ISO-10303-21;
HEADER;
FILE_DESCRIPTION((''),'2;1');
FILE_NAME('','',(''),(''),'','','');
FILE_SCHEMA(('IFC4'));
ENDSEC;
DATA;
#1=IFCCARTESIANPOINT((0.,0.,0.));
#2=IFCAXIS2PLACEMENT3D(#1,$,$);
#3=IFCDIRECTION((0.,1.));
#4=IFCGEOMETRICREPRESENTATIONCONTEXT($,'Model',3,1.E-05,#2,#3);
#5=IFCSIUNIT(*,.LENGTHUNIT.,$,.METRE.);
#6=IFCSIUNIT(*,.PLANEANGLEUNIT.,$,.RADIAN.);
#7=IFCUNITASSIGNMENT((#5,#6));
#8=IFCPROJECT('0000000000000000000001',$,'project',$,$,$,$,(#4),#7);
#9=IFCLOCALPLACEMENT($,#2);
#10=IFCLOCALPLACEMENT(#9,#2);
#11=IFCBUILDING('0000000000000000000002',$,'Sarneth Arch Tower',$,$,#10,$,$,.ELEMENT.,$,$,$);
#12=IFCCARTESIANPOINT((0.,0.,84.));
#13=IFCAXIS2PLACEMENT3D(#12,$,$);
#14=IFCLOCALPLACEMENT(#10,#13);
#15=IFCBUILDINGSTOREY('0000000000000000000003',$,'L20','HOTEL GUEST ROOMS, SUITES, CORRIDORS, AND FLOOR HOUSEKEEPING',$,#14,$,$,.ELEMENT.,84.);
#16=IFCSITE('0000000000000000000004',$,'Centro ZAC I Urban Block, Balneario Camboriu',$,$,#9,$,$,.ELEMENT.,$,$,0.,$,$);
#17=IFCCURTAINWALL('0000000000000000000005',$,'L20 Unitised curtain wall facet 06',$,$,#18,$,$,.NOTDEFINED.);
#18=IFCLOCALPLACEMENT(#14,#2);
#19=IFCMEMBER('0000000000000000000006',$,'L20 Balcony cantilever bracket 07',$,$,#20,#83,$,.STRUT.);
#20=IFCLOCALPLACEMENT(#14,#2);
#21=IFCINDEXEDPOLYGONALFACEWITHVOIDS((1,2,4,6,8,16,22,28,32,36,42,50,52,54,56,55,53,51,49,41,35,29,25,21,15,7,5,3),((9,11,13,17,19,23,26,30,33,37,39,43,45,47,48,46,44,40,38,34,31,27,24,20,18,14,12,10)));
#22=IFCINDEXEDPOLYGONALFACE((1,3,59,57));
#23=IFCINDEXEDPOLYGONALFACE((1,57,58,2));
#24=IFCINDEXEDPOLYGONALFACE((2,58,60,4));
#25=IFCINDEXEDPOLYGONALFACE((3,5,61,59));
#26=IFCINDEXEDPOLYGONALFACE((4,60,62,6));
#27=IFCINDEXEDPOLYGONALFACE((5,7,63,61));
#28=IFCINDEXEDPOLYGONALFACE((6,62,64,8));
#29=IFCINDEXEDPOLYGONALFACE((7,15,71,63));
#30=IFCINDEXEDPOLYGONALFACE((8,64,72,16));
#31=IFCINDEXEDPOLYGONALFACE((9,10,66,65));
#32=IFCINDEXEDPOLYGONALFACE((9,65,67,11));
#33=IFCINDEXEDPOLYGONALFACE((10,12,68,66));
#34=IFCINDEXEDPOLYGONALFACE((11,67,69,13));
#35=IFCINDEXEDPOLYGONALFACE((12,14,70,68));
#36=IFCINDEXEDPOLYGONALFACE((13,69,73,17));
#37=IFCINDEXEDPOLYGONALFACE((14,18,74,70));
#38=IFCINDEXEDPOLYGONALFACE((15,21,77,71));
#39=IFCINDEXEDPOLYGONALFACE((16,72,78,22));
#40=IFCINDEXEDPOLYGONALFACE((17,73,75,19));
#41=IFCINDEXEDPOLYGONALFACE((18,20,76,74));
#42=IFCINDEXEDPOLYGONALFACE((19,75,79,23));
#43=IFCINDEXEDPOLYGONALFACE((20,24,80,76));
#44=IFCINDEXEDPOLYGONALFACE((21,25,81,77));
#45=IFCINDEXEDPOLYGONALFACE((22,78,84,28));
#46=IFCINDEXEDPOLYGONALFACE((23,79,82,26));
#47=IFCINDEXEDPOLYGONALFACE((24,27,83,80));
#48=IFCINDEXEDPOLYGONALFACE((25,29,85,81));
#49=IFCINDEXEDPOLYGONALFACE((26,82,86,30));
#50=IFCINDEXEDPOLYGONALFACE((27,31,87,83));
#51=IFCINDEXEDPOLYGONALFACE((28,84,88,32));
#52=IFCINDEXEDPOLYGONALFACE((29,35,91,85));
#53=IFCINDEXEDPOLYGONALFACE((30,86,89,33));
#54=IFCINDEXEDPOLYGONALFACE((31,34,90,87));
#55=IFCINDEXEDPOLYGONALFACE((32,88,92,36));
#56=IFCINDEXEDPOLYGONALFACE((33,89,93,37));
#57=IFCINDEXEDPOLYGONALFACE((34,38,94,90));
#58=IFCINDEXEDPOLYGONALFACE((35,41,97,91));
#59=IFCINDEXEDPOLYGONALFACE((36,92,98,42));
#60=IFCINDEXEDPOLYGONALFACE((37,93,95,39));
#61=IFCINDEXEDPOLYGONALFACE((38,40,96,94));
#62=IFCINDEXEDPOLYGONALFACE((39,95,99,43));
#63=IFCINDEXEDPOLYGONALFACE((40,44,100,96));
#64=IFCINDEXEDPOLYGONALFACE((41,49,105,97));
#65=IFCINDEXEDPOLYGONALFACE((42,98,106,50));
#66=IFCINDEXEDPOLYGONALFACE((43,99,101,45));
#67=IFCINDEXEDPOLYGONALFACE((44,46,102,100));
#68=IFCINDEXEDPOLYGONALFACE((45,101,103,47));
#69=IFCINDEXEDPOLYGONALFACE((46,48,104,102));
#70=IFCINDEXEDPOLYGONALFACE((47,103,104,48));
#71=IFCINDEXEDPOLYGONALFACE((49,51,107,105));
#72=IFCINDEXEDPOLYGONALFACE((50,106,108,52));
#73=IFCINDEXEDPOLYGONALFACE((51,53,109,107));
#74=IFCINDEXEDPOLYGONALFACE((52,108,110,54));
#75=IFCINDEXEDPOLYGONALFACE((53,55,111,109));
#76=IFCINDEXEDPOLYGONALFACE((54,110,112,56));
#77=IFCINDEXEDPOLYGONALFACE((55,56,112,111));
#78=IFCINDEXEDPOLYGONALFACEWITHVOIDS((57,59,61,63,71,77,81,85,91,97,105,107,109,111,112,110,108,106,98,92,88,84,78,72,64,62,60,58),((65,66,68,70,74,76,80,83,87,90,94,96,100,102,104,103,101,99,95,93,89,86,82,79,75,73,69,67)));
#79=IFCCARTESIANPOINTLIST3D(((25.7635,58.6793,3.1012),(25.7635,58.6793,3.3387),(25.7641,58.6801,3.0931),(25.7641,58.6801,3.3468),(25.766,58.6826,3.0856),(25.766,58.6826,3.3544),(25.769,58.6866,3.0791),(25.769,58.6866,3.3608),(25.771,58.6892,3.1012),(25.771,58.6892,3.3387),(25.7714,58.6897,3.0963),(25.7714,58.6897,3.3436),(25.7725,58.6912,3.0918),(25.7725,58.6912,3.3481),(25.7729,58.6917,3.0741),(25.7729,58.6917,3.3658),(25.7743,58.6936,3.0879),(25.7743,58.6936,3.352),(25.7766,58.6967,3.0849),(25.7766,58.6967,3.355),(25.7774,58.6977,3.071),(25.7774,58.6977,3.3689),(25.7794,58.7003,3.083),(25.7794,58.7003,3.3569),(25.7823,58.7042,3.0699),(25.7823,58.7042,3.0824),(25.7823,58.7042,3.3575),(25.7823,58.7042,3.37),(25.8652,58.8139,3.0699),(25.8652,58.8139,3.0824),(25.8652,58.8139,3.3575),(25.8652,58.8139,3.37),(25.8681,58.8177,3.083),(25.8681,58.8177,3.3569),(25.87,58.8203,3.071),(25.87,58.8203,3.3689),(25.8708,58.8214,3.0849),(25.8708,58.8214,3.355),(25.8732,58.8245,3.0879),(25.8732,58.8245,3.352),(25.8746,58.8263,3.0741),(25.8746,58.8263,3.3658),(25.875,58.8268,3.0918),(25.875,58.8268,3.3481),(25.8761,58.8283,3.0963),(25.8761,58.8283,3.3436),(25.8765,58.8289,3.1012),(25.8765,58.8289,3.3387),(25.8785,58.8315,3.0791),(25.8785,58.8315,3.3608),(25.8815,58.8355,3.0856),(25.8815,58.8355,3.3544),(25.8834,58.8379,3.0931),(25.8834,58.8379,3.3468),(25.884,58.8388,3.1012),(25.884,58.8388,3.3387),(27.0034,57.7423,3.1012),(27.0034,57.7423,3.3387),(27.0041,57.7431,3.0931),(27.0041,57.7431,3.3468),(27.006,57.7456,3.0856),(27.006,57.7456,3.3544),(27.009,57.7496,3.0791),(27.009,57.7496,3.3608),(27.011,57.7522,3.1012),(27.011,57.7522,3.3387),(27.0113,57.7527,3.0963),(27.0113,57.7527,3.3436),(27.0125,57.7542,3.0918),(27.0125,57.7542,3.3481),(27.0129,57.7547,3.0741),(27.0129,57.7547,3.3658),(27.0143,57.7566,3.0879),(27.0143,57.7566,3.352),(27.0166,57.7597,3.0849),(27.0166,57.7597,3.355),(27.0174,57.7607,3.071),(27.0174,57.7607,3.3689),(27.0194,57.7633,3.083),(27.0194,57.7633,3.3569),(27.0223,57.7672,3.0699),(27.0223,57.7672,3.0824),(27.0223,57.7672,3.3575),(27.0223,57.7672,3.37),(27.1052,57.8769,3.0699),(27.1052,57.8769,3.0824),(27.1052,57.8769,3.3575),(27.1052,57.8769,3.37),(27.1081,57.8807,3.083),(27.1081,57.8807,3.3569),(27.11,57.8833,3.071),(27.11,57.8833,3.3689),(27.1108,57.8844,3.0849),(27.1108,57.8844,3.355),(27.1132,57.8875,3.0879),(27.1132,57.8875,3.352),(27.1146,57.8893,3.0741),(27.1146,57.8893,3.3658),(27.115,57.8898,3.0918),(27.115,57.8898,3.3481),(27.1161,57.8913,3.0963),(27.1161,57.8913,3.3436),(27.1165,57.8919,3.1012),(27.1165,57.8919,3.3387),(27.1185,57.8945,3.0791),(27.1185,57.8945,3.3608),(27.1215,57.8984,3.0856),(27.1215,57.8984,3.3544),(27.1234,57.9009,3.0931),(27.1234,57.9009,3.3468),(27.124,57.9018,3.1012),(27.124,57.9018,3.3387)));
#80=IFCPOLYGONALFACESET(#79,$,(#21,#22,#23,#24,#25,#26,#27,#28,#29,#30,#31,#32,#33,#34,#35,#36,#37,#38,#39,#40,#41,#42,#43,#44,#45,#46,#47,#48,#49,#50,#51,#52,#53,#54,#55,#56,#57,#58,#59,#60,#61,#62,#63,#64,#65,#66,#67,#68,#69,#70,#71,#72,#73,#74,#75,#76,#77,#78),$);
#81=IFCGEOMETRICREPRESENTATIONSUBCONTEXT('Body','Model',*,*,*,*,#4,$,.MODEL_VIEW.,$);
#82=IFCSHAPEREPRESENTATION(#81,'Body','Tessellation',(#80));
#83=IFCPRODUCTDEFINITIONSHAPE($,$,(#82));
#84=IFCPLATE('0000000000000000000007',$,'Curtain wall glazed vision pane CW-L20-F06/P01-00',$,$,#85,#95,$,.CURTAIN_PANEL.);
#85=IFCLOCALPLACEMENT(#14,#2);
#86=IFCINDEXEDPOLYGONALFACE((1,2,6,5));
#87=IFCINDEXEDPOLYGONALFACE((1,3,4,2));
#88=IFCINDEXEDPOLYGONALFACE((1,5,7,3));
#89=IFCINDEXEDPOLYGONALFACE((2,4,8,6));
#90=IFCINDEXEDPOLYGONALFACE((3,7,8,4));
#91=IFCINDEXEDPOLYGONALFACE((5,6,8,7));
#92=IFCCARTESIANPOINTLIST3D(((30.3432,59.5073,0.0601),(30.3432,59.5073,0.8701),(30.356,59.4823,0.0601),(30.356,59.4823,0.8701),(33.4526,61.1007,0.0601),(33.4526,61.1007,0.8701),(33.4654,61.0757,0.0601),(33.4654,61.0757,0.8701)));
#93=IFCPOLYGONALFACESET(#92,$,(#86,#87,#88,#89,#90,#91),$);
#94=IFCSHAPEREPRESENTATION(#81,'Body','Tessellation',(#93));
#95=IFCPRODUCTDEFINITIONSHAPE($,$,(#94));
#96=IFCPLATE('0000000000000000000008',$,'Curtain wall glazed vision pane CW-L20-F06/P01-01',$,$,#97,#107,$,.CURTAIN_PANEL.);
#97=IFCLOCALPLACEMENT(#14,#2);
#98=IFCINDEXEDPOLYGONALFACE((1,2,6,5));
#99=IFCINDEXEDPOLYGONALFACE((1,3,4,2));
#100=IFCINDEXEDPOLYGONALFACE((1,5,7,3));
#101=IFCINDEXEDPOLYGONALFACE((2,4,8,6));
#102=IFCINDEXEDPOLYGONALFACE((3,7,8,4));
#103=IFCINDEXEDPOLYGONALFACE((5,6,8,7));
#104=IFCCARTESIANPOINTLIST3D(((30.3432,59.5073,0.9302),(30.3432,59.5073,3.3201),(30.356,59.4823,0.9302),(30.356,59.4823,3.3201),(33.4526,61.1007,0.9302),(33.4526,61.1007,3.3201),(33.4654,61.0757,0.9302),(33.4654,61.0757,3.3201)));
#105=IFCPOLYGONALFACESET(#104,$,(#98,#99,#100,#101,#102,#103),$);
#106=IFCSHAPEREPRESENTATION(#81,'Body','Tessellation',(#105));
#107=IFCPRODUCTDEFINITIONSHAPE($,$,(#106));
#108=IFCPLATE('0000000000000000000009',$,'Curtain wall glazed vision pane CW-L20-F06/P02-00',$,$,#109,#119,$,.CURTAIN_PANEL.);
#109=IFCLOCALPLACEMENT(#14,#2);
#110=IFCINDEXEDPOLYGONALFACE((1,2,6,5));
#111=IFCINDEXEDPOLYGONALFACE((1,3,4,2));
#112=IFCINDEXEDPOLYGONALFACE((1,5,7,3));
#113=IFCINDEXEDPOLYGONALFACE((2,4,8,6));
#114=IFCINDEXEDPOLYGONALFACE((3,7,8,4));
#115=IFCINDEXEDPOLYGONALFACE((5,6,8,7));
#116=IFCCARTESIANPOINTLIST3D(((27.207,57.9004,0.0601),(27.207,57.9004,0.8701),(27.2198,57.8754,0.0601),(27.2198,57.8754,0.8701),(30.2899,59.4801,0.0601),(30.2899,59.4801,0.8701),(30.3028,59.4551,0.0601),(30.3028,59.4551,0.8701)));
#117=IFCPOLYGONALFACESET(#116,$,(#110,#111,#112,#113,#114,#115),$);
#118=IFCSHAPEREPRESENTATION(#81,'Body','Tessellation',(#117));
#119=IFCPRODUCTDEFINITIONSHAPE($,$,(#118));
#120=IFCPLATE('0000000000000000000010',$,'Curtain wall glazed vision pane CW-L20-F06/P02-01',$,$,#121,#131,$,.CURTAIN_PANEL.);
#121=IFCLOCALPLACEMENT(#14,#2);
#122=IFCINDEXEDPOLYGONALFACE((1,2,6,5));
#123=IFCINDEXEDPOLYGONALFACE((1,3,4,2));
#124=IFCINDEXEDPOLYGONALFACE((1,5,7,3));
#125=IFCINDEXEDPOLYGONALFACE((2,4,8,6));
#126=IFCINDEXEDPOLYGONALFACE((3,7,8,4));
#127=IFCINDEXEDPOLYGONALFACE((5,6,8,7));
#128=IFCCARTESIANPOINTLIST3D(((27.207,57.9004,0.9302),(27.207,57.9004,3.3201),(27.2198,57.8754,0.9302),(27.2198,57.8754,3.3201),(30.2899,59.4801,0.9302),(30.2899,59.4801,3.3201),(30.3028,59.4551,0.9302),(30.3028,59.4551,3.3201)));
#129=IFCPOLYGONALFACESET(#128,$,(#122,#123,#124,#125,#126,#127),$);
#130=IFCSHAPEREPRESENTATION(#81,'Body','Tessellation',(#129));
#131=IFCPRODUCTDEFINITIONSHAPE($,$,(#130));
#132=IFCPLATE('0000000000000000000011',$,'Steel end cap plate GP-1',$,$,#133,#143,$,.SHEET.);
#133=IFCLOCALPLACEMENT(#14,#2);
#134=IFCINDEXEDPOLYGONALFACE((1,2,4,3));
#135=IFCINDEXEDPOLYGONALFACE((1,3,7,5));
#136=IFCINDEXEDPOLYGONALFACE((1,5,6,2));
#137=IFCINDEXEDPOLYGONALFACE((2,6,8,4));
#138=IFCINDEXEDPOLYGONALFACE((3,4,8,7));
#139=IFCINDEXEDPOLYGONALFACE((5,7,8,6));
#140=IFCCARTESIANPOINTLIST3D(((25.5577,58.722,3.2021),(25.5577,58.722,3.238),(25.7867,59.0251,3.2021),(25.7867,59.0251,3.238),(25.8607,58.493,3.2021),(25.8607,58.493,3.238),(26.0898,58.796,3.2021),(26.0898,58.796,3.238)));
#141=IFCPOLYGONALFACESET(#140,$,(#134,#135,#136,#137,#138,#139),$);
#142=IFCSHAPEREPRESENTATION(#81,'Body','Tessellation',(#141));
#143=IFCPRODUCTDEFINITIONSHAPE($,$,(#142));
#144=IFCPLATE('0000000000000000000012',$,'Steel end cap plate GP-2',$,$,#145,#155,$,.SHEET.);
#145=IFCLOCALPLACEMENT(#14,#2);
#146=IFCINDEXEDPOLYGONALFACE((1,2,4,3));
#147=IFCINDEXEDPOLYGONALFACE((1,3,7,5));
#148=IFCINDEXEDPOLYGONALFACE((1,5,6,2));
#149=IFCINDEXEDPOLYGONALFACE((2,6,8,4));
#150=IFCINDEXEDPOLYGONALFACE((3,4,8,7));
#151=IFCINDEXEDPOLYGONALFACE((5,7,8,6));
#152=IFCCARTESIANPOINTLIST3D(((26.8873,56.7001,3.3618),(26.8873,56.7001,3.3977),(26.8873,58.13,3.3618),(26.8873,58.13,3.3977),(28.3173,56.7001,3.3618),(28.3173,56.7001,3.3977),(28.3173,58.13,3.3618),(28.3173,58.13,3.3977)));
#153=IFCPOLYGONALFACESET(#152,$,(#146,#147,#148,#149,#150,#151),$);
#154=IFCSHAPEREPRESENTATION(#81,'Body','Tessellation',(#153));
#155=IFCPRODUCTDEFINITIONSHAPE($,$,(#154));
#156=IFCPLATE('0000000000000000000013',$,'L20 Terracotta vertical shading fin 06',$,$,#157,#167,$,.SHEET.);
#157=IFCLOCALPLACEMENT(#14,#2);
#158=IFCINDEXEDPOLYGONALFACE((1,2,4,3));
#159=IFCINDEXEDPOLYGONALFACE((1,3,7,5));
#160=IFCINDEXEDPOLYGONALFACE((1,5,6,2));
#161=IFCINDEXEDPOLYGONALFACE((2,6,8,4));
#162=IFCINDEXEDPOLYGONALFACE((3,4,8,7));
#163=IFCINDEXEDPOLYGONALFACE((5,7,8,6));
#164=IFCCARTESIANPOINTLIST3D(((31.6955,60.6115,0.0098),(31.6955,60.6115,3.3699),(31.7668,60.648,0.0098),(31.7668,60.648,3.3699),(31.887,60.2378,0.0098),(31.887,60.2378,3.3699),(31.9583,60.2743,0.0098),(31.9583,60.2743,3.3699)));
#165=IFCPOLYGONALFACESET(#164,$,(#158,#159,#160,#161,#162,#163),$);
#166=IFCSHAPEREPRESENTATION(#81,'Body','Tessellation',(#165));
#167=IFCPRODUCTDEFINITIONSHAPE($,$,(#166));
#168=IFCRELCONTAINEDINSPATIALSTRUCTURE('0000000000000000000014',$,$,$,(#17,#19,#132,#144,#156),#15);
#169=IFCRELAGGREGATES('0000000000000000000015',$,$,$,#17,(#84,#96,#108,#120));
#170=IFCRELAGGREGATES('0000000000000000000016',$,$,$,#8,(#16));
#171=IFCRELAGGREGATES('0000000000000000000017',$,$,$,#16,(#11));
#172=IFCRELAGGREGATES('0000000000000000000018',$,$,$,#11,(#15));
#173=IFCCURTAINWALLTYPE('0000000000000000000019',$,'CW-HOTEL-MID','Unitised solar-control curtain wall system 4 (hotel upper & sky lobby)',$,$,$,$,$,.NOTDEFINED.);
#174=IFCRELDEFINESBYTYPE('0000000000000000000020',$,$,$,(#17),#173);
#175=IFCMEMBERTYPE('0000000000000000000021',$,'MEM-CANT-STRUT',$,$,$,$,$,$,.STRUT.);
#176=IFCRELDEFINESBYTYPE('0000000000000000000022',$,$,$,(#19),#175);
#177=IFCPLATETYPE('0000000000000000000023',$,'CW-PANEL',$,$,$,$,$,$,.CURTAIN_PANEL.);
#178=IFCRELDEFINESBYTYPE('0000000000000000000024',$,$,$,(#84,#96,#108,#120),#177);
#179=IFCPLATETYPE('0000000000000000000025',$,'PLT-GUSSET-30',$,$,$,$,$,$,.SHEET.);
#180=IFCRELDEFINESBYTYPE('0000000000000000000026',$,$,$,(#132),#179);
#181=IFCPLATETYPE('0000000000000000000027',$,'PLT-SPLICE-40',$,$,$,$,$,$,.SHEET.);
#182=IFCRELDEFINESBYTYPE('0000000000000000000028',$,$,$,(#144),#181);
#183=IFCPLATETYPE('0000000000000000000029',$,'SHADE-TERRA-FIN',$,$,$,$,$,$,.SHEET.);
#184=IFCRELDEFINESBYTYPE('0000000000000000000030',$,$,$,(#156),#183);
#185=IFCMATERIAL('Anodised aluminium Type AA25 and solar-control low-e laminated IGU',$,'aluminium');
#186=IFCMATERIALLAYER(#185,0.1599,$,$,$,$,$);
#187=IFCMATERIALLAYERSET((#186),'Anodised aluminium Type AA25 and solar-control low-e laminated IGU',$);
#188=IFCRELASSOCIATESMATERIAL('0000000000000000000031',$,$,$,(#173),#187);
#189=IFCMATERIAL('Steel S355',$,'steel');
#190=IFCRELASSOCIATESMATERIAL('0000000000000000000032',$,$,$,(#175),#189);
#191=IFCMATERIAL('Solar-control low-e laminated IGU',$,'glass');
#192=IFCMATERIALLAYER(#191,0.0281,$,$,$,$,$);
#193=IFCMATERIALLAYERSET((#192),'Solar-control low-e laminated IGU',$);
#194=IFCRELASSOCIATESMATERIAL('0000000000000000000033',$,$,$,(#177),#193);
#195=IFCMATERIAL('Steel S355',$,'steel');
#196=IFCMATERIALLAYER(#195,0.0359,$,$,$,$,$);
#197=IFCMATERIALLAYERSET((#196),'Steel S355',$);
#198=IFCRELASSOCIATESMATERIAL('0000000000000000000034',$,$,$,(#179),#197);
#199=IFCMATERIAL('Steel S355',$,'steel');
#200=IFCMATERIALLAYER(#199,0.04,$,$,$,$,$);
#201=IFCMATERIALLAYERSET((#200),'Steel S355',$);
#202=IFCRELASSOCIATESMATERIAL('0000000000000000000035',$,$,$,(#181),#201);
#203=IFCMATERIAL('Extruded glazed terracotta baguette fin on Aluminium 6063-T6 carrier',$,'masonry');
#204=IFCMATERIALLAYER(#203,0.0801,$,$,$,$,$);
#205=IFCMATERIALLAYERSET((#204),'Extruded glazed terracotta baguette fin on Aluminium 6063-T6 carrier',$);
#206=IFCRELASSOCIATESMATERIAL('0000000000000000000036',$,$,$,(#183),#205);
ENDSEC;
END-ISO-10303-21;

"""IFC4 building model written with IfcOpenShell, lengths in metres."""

from ifc_helpers import new_model, si_unit, direction, frame, origin, origin_2d, place, context, subcontext, project, spatial, rectangle, hollow_rectangle, extrude, material, layer, layer_set, material_profile, profile_set, type_object, element, aggregate, save


model = new_model("IFC4")

# Units and contexts
model_context = context("Model", 3, precision=1e-05, world=origin(), true_north=direction((0.0, 1.0)))
body_context = subcontext(model_context, "Body", "Model", "MODEL_VIEW")
ifc_project = project(units=[si_unit("LENGTHUNIT", "METRE"), si_unit("PLANEANGLEUNIT", "RADIAN")], contexts=[model_context])

# Site, building, storey
site_placement = place(None, origin())
site = spatial("IfcSite", under=ifc_project, at=site_placement, Name="Centro ZAC I Urban Block, Balneario Camboriu", CompositionType="ELEMENT", RefElevation=0.0)
building_placement = place(site_placement, origin())
building = spatial("IfcBuilding", under=site, at=building_placement, Name="Sarneth Arch Tower", CompositionType="ELEMENT")
storey_placement = place(building_placement, frame((0.0, 0.0, 84.0)))
storey = spatial("IfcBuildingStorey", under=building, at=storey_placement, Name="L20", Description="HOTEL GUEST ROOMS, SUITES, CORRIDORS, AND FLOOR HOUSEKEEPING", CompositionType="ELEMENT", Elevation=84.0)

# Curtain wall
ifc_material_1 = material(Name="Anodised aluminium Type AA25 and solar-control low-e laminated IGU", Category="aluminium")
ifc_layer_1 = layer(ifc_material_1, 0.1599)
ifc_layer_set_1 = layer_set([ifc_layer_1], Name="Anodised aluminium Type AA25 and solar-control low-e laminated IGU")
curtain_wall_type = type_object("IfcCurtainWallType", Name="CW-HOTEL-MID", Description="Unitised solar-control curtain wall system 4 (hotel upper & sky lobby)", PredefinedType="NOTDEFINED", material=ifc_layer_set_1)
curtain_wall_placement = place(storey_placement, origin())
curtain_wall = element("IfcCurtainWall", 1, at=curtain_wall_placement, inside=storey, type_object=curtain_wall_type, Name="L20 Unitised curtain wall facet 06", PredefinedType="NOTDEFINED")

# Member
ifc_material_2 = material(Name="Steel S355", Category="steel")
ifc_material_profile_1 = material_profile(ifc_material_2, hollow_rectangle(XDim=0.2, YDim=0.3, WallThickness=0.0125, InnerFilletRadius=0.0188, OuterFilletRadius=0.0312, at=origin_2d()), Name="RHS300x200x12.5")
ifc_profile_set_1 = profile_set([ifc_material_profile_1], Name="Steel S355")
member_type_1 = type_object("IfcMemberType", Name="MEM-CANT-STRUT", PredefinedType="STRUT", material=ifc_profile_set_1)
member_1_placement = place(storey_placement, frame((27.0637, 57.822, 3.22), z_axis=(-0.797827, 0.602886, 0.0), x_axis=(-0.602886, -0.797827, 0.0)))
element("IfcMember", 2, at=member_1_placement, inside=storey, type_object=member_type_1, Name="L20 Balcony cantilever bracket 07", PredefinedType="STRUT", context=body_context, shape_type="SweptSolid", body=[
    extrude(hollow_rectangle(XDim=0.2, YDim=0.3, WallThickness=0.0125, InnerFilletRadius=0.0188, OuterFilletRadius=0.0312, at=origin_2d()), origin(), (0.0, 0.0, 1.0), 1.5542),
])

# Plates
ifc_material_3 = material(Name="Solar-control low-e laminated IGU", Category="glass")
ifc_layer_2 = layer(ifc_material_3, 0.0281)
ifc_layer_set_2 = layer_set([ifc_layer_2], Name="Solar-control low-e laminated IGU")
plate_type_1 = type_object("IfcPlateType", Name="CW-PANEL", PredefinedType="CURTAIN_PANEL", material=ifc_layer_set_2)
plate_1_placement = place(storey_placement, frame((31.9043, 60.2915, 0.0601), z_axis=(0.0, 0.0, 1.0), x_axis=(-0.889964, -0.456031, 0.0)))
plate_1 = element("IfcPlate", 3, at=plate_1_placement, type_object=plate_type_1, Name="Curtain wall glazed vision pane CW-L20-F06/P01-00", PredefinedType="CURTAIN_PANEL", context=body_context, shape_type="SweptSolid", body=[
    extrude(rectangle(XDim=3.4939, YDim=0.0281, at=origin_2d()), origin(), (0.0, 0.0, 1.0), 0.8101),
])
plate_2_placement = place(storey_placement, frame((31.9043, 60.2915, 0.9302), z_axis=(0.0, 0.0, 1.0), x_axis=(-0.889964, -0.456031, 0.0)))
plate_2 = element("IfcPlate", 4, at=plate_2_placement, type_object=plate_type_1, Name="Curtain wall glazed vision pane CW-L20-F06/P01-01", PredefinedType="CURTAIN_PANEL", context=body_context, shape_type="SweptSolid", body=[
    extrude(rectangle(XDim=3.4939, YDim=0.0281, at=origin_2d()), origin(), (0.0, 0.0, 1.0), 2.3899),
])
plate_3_placement = place(storey_placement, frame((28.7549, 58.6777, 0.0601), z_axis=(0.0, 0.0, 1.0), x_axis=(-0.889964, -0.456031, 0.0)))
plate_3 = element("IfcPlate", 5, at=plate_3_placement, type_object=plate_type_1, Name="Curtain wall glazed vision pane CW-L20-F06/P02-00", PredefinedType="CURTAIN_PANEL", context=body_context, shape_type="SweptSolid", body=[
    extrude(rectangle(XDim=3.4641, YDim=0.0281, at=origin_2d()), origin(), (0.0, 0.0, 1.0), 0.8101),
])
plate_4_placement = place(storey_placement, frame((28.7549, 58.6777, 0.9302), z_axis=(0.0, 0.0, 1.0), x_axis=(-0.889964, -0.456031, 0.0)))
plate_4 = element("IfcPlate", 6, at=plate_4_placement, type_object=plate_type_1, Name="Curtain wall glazed vision pane CW-L20-F06/P02-01", PredefinedType="CURTAIN_PANEL", context=body_context, shape_type="SweptSolid", body=[
    extrude(rectangle(XDim=3.4641, YDim=0.0281, at=origin_2d()), origin(), (0.0, 0.0, 1.0), 2.3899),
])
aggregate(curtain_wall, [plate_1, plate_2, plate_3, plate_4])

# Plates
ifc_material_4 = material(Name="Steel S355", Category="steel")
ifc_layer_3 = layer(ifc_material_4, 0.0359)
ifc_layer_set_3 = layer_set([ifc_layer_3], Name="Steel S355")
plate_type_2 = type_object("IfcPlateType", Name="PLT-GUSSET-30", PredefinedType="SHEET", material=ifc_layer_set_3)
plate_5_placement = place(storey_placement, frame((25.8237, 58.759, 3.2021), z_axis=(0.0, 0.0, 1.0), x_axis=(-0.797794, 0.60293, 0.0)))
element("IfcPlate", 7, at=plate_5_placement, inside=storey, type_object=plate_type_2, Name="Steel end cap plate GP-1", PredefinedType="SHEET", context=body_context, shape_type="SweptSolid", body=[
    extrude(rectangle(XDim=0.3799, YDim=0.3799, at=origin_2d()), origin(), (0.0, 0.0, 1.0), 0.0359),
])
ifc_material_5 = material(Name="Steel S355", Category="steel")
ifc_layer_4 = layer(ifc_material_5, 0.04)
ifc_layer_set_4 = layer_set([ifc_layer_4], Name="Steel S355")
plate_type_3 = type_object("IfcPlateType", Name="PLT-SPLICE-40", PredefinedType="SHEET", material=ifc_layer_set_4)
plate_6_placement = place(storey_placement, frame((27.6023, 57.415, 3.3618), z_axis=(0.0, 0.0, 1.0), x_axis=(1.0, 0.0, 0.0)))
element("IfcPlate", 8, at=plate_6_placement, inside=storey, type_object=plate_type_3, Name="Steel end cap plate GP-2", PredefinedType="SHEET", context=body_context, shape_type="SweptSolid", body=[
    extrude(rectangle(XDim=1.4299, YDim=1.4299, at=origin_2d()), origin(), (0.0, 0.0, 1.0), 0.0359),
])
ifc_material_6 = material(Name="Extruded glazed terracotta baguette fin on Aluminium 6063-T6 carrier", Category="masonry")
ifc_layer_5 = layer(ifc_material_6, 0.0801)
ifc_layer_set_5 = layer_set([ifc_layer_5], Name="Extruded glazed terracotta baguette fin on Aluminium 6063-T6 carrier")
plate_type_4 = type_object("IfcPlateType", Name="SHADE-TERRA-FIN", PredefinedType="SHEET", material=ifc_layer_set_5)
plate_7_placement = place(storey_placement, frame((31.8269, 60.4429, 0.0098), z_axis=(0.0, 0.0, 1.0), x_axis=(-0.456011, 0.889974, 0.0)))
element("IfcPlate", 9, at=plate_7_placement, inside=storey, type_object=plate_type_4, Name="L20 Terracotta vertical shading fin 06", PredefinedType="SHEET", context=body_context, shape_type="SweptSolid", body=[
    extrude(rectangle(XDim=0.4199, YDim=0.0801, at=origin_2d()), origin(), (0.0, 0.0, 1.0), 3.3601),
])

save(model, "model.ifc")
